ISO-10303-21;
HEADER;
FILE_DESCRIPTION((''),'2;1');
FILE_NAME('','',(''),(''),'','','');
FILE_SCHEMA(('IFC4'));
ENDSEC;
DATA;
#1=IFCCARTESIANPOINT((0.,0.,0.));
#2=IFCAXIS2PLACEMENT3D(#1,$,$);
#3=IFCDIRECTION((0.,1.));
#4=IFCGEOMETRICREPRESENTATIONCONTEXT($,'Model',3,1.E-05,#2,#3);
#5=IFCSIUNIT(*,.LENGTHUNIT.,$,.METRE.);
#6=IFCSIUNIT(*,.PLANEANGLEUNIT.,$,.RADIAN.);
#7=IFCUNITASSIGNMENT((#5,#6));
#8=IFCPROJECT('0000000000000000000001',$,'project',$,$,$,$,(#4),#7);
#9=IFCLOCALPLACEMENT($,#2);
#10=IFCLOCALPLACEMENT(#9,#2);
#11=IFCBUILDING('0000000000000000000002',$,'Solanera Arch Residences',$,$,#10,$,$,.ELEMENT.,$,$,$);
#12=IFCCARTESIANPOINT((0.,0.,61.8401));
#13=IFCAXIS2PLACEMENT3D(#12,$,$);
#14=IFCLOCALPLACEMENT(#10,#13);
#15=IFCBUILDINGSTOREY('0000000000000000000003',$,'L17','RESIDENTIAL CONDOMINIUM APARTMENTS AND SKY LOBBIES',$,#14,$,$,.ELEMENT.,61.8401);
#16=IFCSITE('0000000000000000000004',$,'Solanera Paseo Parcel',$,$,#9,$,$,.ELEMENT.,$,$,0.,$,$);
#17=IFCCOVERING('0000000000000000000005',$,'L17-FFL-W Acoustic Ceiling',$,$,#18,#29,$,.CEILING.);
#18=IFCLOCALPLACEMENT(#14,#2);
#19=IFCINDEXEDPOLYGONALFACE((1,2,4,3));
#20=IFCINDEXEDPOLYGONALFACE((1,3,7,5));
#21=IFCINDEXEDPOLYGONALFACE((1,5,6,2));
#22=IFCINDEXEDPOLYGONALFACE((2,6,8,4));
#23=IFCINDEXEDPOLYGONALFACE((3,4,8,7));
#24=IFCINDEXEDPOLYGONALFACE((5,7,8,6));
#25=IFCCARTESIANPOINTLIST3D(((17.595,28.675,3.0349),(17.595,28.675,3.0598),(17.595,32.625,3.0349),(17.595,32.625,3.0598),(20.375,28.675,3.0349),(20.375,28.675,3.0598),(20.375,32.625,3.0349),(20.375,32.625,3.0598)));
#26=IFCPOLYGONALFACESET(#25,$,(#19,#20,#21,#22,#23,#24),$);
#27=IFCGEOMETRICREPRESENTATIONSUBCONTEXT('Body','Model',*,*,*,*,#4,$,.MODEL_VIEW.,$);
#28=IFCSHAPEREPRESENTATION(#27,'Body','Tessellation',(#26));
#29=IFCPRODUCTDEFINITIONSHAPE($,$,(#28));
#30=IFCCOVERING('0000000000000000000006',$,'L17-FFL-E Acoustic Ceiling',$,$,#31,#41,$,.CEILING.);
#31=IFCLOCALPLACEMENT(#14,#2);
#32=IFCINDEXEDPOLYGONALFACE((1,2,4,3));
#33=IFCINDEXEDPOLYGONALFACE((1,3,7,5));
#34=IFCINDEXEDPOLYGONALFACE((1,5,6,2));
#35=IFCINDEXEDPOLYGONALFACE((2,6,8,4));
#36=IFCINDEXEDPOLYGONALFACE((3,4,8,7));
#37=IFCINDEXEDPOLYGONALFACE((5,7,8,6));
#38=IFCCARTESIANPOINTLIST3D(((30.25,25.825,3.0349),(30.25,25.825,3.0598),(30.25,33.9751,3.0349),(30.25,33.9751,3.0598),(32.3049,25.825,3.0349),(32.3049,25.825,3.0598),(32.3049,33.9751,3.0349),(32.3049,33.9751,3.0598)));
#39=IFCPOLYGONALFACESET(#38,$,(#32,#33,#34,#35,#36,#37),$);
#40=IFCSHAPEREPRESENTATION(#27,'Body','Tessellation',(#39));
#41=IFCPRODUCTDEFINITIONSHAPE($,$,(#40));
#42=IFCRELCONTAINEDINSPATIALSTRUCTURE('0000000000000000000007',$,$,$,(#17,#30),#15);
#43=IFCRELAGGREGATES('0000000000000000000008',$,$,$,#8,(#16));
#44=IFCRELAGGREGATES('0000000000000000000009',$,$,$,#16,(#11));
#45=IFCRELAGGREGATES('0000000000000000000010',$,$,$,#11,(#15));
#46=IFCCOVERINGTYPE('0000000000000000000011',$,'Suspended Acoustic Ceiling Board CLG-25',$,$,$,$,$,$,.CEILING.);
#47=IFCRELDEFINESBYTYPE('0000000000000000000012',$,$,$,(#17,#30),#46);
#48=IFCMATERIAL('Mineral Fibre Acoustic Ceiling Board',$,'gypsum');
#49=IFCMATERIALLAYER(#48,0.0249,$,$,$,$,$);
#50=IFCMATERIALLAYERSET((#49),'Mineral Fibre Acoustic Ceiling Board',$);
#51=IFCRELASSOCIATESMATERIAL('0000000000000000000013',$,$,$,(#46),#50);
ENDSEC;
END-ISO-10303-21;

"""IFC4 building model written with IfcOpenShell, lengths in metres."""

from ifc_helpers import new_model, si_unit, direction, frame, origin, place, context, subcontext, project, spatial, polyline, outline, extrude, material, layer, layer_set, type_object, element, save


model = new_model("IFC4")

# Units and contexts
model_context = context("Model", 3, precision=1e-05, world=origin(), true_north=direction((0.0, 1.0)))
body_context = subcontext(model_context, "Body", "Model", "MODEL_VIEW")
ifc_project = project(units=[si_unit("LENGTHUNIT", "METRE"), si_unit("PLANEANGLEUNIT", "RADIAN")], contexts=[model_context])

# Site, building, storey
site_placement = place(None, origin())
site = spatial("IfcSite", under=ifc_project, at=site_placement, Name="Solanera Paseo Parcel", CompositionType="ELEMENT", RefElevation=0.0)
building_placement = place(site_placement, origin())
building = spatial("IfcBuilding", under=site, at=building_placement, Name="Solanera Arch Residences", CompositionType="ELEMENT")
storey_placement = place(building_placement, frame((0.0, 0.0, 61.8401)))
storey = spatial("IfcBuildingStorey", under=building, at=storey_placement, Name="L17", Description="RESIDENTIAL CONDOMINIUM APARTMENTS AND SKY LOBBIES", CompositionType="ELEMENT", Elevation=61.8401)

# Coverings
ifc_material_1 = material(Name="Mineral Fibre Acoustic Ceiling Board", Category="gypsum")
ifc_layer_1 = layer(ifc_material_1, 0.0249)
ifc_layer_set_1 = layer_set([ifc_layer_1], Name="Mineral Fibre Acoustic Ceiling Board")
covering_type_1 = type_object("IfcCoveringType", Name="Suspended Acoustic Ceiling Board CLG-25", PredefinedType="CEILING", material=ifc_layer_set_1)
covering_1_placement = place(storey_placement, frame((0.0, 0.0, 3.0349)))
element("IfcCovering", 1, at=covering_1_placement, inside=storey, type_object=covering_type_1, Name="L17-FFL-W Acoustic Ceiling", PredefinedType="CEILING", context=body_context, shape_type="SweptSolid", body=[
    extrude(outline(polyline([(20.375, 28.675), (17.595, 28.675), (17.595, 32.625), (20.375, 32.625), (20.375, 28.675)])), origin(), (0.0, 0.0, 1.0), 0.0249),
])
covering_2_placement = place(storey_placement, frame((0.0, 0.0, 3.0349)))
element("IfcCovering", 2, at=covering_2_placement, inside=storey, type_object=covering_type_1, Name="L17-FFL-E Acoustic Ceiling", PredefinedType="CEILING", context=body_context, shape_type="SweptSolid", body=[
    extrude(outline(polyline([(32.3049, 25.825), (30.25, 25.825), (30.25, 33.9751), (32.3049, 33.9751), (32.3049, 25.825)])), origin(), (0.0, 0.0, 1.0), 0.0249),
])

save(model, "model.ifc")
